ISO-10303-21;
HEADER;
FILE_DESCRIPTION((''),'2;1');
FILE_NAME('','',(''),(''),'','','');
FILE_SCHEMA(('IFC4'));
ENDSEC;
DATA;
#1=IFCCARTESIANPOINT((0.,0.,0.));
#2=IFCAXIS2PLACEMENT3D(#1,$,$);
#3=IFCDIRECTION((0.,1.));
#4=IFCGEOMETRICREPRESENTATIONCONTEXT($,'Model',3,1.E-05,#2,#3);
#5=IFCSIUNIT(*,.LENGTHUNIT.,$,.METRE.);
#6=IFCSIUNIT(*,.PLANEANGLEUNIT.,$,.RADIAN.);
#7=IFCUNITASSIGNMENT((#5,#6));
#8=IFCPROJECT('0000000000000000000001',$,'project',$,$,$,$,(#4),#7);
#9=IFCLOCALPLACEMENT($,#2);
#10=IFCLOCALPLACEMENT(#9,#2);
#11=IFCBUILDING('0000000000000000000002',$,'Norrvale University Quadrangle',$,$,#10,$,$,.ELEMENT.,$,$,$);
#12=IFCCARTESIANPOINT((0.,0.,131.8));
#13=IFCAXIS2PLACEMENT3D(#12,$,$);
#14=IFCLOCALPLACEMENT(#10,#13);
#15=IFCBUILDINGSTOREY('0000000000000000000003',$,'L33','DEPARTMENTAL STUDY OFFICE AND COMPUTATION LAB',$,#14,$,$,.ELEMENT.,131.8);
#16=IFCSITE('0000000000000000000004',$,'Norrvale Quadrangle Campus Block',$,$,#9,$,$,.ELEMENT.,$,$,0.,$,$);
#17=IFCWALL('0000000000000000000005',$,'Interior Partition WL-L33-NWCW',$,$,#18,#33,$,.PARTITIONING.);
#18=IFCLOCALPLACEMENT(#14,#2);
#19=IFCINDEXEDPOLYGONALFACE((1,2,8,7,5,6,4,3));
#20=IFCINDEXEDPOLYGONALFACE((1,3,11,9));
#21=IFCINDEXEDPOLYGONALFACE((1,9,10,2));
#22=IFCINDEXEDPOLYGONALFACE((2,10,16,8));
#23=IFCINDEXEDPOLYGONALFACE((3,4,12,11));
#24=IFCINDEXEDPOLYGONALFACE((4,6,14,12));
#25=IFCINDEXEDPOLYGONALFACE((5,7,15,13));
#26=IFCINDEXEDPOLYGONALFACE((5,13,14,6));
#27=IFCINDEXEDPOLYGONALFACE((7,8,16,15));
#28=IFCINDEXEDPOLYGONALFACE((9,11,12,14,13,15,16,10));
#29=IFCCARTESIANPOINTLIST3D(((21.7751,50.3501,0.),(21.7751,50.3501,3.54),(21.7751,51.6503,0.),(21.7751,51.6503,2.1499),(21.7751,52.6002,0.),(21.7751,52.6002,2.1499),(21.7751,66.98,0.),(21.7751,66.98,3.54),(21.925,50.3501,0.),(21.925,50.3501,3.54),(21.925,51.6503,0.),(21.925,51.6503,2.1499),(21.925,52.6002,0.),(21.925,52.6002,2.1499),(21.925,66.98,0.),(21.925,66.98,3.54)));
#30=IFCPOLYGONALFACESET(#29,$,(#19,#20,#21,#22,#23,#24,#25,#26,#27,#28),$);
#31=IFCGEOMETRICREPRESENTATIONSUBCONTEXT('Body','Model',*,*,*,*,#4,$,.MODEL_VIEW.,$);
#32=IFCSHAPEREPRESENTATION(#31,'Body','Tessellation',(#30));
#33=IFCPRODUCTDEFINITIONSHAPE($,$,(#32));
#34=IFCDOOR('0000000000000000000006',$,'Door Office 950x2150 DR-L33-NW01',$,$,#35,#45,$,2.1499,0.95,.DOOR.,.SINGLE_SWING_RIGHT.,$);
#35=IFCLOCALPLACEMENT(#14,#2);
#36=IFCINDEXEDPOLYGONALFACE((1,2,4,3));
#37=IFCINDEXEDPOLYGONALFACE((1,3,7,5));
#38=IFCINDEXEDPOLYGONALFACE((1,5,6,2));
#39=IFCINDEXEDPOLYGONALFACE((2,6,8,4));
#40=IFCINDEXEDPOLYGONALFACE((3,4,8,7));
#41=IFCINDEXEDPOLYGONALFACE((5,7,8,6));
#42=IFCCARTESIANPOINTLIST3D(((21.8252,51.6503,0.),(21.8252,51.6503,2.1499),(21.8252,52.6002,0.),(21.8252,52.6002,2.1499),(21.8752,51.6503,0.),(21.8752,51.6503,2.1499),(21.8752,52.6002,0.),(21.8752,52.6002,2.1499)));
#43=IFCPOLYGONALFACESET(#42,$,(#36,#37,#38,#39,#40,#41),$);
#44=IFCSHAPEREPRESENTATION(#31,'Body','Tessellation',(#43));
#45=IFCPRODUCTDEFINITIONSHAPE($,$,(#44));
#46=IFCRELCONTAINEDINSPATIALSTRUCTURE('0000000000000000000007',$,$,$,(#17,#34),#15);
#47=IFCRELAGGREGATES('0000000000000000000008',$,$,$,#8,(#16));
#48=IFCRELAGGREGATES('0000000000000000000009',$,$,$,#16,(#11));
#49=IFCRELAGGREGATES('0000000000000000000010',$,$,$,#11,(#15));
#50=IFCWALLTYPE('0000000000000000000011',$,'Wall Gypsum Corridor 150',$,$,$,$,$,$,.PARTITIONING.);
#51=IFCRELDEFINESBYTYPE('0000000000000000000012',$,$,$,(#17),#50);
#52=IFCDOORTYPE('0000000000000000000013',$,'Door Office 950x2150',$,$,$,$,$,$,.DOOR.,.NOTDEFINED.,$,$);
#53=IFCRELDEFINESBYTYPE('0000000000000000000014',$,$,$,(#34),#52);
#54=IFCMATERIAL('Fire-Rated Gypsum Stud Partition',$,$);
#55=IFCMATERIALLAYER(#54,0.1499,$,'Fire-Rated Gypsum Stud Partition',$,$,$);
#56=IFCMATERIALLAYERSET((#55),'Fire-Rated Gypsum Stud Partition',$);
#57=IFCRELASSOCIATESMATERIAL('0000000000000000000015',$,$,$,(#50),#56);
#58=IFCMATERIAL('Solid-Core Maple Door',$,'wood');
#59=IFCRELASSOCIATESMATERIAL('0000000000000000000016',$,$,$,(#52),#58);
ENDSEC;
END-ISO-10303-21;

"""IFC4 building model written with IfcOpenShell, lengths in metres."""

from ifc_helpers import new_model, si_unit, direction, frame, frame_2d, origin, place, context, subcontext, project, spatial, rectangle, extrude, material, layer, layer_set, type_object, element, fill, save


model = new_model("IFC4")

# Units and contexts
model_context = context("Model", 3, precision=1e-05, world=origin(), true_north=direction((0.0, 1.0)))
body_context = subcontext(model_context, "Body", "Model", "MODEL_VIEW")
ifc_project = project(units=[si_unit("LENGTHUNIT", "METRE"), si_unit("PLANEANGLEUNIT", "RADIAN")], contexts=[model_context])

# Site, building, storey
site_placement = place(None, origin())
site = spatial("IfcSite", under=ifc_project, at=site_placement, Name="Norrvale Quadrangle Campus Block", CompositionType="ELEMENT", RefElevation=0.0)
building_placement = place(site_placement, origin())
building = spatial("IfcBuilding", under=site, at=building_placement, Name="Norrvale University Quadrangle", CompositionType="ELEMENT")
storey_placement = place(building_placement, frame((0.0, 0.0, 131.8)))
storey = spatial("IfcBuildingStorey", under=building, at=storey_placement, Name="L33", Description="DEPARTMENTAL STUDY OFFICE AND COMPUTATION LAB", CompositionType="ELEMENT", Elevation=131.8)

# Shared definitions
ifc_material_1 = material(Name="Fire-Rated Gypsum Stud Partition")
ifc_layer = layer(ifc_material_1, 0.1499, Name="Fire-Rated Gypsum Stud Partition")
ifc_layer_set = layer_set([ifc_layer], Name="Fire-Rated Gypsum Stud Partition")
wall_type = type_object("IfcWallType", Name="Wall Gypsum Corridor 150", PredefinedType="PARTITIONING", material=ifc_layer_set)

# Wall, opening, door
ifc_material_2 = material(Name="Solid-Core Maple Door", Category="wood")
door_type = type_object("IfcDoorType", Name="Door Office 950x2150", OperationType="NOTDEFINED", PredefinedType="DOOR", material=ifc_material_2)
wall_1_placement = place(storey_placement, frame((21.8501, 50.3501, 0.0), z_axis=(0.0, 0.0, 1.0), x_axis=(0.0, 1.0, 0.0)))
wall_1 = element("IfcWall", 1, at=wall_1_placement, inside=storey, type_object=wall_type, Name="Interior Partition WL-L33-NWCW", PredefinedType="PARTITIONING", context=body_context, shape_type="SweptSolid", body=[
    extrude(rectangle(XDim=16.6299, YDim=0.1499, at=frame_2d((8.3149, 0.0))), origin(), (0.0, 0.0, 1.0), 3.54),
])
opening_1_placement = place(wall_1_placement, frame((1.3, 0.0, 0.0)))
opening_1 = element("IfcOpeningElement", 2, at=opening_1_placement, cuts=wall_1, PredefinedType="OPENING", context=body_context, shape_type="SweptSolid", body=[
    extrude(rectangle(XDim=0.95, YDim=2.1499, at=frame_2d((0.4751, 1.075))), frame((0.0, 0.0869, 0.0), z_axis=(0.0, -1.0, 0.0), x_axis=(1.0, 0.0, 0.0)), (0.0, 0.0, 1.0), 0.1738),
])
door_1_placement = place(opening_1_placement, origin())
door_1 = element("IfcDoor", 3, at=door_1_placement, inside=storey, type_object=door_type, Name="Door Office 950x2150 DR-L33-NW01", OperationType="SINGLE_SWING_RIGHT", OverallHeight=2.1499, OverallWidth=0.95, PredefinedType="DOOR", context=body_context, shape_type="SweptSolid", body=[
    extrude(rectangle(XDim=0.95, YDim=2.1499, at=frame_2d((0.4751, 1.075))), frame((0.0, 0.0249, 0.0), z_axis=(0.0, -1.0, 0.0), x_axis=(1.0, 0.0, 0.0)), (0.0, 0.0, 1.0), 0.05),
])
fill(opening_1, door_1)

save(model, "model.ifc")
